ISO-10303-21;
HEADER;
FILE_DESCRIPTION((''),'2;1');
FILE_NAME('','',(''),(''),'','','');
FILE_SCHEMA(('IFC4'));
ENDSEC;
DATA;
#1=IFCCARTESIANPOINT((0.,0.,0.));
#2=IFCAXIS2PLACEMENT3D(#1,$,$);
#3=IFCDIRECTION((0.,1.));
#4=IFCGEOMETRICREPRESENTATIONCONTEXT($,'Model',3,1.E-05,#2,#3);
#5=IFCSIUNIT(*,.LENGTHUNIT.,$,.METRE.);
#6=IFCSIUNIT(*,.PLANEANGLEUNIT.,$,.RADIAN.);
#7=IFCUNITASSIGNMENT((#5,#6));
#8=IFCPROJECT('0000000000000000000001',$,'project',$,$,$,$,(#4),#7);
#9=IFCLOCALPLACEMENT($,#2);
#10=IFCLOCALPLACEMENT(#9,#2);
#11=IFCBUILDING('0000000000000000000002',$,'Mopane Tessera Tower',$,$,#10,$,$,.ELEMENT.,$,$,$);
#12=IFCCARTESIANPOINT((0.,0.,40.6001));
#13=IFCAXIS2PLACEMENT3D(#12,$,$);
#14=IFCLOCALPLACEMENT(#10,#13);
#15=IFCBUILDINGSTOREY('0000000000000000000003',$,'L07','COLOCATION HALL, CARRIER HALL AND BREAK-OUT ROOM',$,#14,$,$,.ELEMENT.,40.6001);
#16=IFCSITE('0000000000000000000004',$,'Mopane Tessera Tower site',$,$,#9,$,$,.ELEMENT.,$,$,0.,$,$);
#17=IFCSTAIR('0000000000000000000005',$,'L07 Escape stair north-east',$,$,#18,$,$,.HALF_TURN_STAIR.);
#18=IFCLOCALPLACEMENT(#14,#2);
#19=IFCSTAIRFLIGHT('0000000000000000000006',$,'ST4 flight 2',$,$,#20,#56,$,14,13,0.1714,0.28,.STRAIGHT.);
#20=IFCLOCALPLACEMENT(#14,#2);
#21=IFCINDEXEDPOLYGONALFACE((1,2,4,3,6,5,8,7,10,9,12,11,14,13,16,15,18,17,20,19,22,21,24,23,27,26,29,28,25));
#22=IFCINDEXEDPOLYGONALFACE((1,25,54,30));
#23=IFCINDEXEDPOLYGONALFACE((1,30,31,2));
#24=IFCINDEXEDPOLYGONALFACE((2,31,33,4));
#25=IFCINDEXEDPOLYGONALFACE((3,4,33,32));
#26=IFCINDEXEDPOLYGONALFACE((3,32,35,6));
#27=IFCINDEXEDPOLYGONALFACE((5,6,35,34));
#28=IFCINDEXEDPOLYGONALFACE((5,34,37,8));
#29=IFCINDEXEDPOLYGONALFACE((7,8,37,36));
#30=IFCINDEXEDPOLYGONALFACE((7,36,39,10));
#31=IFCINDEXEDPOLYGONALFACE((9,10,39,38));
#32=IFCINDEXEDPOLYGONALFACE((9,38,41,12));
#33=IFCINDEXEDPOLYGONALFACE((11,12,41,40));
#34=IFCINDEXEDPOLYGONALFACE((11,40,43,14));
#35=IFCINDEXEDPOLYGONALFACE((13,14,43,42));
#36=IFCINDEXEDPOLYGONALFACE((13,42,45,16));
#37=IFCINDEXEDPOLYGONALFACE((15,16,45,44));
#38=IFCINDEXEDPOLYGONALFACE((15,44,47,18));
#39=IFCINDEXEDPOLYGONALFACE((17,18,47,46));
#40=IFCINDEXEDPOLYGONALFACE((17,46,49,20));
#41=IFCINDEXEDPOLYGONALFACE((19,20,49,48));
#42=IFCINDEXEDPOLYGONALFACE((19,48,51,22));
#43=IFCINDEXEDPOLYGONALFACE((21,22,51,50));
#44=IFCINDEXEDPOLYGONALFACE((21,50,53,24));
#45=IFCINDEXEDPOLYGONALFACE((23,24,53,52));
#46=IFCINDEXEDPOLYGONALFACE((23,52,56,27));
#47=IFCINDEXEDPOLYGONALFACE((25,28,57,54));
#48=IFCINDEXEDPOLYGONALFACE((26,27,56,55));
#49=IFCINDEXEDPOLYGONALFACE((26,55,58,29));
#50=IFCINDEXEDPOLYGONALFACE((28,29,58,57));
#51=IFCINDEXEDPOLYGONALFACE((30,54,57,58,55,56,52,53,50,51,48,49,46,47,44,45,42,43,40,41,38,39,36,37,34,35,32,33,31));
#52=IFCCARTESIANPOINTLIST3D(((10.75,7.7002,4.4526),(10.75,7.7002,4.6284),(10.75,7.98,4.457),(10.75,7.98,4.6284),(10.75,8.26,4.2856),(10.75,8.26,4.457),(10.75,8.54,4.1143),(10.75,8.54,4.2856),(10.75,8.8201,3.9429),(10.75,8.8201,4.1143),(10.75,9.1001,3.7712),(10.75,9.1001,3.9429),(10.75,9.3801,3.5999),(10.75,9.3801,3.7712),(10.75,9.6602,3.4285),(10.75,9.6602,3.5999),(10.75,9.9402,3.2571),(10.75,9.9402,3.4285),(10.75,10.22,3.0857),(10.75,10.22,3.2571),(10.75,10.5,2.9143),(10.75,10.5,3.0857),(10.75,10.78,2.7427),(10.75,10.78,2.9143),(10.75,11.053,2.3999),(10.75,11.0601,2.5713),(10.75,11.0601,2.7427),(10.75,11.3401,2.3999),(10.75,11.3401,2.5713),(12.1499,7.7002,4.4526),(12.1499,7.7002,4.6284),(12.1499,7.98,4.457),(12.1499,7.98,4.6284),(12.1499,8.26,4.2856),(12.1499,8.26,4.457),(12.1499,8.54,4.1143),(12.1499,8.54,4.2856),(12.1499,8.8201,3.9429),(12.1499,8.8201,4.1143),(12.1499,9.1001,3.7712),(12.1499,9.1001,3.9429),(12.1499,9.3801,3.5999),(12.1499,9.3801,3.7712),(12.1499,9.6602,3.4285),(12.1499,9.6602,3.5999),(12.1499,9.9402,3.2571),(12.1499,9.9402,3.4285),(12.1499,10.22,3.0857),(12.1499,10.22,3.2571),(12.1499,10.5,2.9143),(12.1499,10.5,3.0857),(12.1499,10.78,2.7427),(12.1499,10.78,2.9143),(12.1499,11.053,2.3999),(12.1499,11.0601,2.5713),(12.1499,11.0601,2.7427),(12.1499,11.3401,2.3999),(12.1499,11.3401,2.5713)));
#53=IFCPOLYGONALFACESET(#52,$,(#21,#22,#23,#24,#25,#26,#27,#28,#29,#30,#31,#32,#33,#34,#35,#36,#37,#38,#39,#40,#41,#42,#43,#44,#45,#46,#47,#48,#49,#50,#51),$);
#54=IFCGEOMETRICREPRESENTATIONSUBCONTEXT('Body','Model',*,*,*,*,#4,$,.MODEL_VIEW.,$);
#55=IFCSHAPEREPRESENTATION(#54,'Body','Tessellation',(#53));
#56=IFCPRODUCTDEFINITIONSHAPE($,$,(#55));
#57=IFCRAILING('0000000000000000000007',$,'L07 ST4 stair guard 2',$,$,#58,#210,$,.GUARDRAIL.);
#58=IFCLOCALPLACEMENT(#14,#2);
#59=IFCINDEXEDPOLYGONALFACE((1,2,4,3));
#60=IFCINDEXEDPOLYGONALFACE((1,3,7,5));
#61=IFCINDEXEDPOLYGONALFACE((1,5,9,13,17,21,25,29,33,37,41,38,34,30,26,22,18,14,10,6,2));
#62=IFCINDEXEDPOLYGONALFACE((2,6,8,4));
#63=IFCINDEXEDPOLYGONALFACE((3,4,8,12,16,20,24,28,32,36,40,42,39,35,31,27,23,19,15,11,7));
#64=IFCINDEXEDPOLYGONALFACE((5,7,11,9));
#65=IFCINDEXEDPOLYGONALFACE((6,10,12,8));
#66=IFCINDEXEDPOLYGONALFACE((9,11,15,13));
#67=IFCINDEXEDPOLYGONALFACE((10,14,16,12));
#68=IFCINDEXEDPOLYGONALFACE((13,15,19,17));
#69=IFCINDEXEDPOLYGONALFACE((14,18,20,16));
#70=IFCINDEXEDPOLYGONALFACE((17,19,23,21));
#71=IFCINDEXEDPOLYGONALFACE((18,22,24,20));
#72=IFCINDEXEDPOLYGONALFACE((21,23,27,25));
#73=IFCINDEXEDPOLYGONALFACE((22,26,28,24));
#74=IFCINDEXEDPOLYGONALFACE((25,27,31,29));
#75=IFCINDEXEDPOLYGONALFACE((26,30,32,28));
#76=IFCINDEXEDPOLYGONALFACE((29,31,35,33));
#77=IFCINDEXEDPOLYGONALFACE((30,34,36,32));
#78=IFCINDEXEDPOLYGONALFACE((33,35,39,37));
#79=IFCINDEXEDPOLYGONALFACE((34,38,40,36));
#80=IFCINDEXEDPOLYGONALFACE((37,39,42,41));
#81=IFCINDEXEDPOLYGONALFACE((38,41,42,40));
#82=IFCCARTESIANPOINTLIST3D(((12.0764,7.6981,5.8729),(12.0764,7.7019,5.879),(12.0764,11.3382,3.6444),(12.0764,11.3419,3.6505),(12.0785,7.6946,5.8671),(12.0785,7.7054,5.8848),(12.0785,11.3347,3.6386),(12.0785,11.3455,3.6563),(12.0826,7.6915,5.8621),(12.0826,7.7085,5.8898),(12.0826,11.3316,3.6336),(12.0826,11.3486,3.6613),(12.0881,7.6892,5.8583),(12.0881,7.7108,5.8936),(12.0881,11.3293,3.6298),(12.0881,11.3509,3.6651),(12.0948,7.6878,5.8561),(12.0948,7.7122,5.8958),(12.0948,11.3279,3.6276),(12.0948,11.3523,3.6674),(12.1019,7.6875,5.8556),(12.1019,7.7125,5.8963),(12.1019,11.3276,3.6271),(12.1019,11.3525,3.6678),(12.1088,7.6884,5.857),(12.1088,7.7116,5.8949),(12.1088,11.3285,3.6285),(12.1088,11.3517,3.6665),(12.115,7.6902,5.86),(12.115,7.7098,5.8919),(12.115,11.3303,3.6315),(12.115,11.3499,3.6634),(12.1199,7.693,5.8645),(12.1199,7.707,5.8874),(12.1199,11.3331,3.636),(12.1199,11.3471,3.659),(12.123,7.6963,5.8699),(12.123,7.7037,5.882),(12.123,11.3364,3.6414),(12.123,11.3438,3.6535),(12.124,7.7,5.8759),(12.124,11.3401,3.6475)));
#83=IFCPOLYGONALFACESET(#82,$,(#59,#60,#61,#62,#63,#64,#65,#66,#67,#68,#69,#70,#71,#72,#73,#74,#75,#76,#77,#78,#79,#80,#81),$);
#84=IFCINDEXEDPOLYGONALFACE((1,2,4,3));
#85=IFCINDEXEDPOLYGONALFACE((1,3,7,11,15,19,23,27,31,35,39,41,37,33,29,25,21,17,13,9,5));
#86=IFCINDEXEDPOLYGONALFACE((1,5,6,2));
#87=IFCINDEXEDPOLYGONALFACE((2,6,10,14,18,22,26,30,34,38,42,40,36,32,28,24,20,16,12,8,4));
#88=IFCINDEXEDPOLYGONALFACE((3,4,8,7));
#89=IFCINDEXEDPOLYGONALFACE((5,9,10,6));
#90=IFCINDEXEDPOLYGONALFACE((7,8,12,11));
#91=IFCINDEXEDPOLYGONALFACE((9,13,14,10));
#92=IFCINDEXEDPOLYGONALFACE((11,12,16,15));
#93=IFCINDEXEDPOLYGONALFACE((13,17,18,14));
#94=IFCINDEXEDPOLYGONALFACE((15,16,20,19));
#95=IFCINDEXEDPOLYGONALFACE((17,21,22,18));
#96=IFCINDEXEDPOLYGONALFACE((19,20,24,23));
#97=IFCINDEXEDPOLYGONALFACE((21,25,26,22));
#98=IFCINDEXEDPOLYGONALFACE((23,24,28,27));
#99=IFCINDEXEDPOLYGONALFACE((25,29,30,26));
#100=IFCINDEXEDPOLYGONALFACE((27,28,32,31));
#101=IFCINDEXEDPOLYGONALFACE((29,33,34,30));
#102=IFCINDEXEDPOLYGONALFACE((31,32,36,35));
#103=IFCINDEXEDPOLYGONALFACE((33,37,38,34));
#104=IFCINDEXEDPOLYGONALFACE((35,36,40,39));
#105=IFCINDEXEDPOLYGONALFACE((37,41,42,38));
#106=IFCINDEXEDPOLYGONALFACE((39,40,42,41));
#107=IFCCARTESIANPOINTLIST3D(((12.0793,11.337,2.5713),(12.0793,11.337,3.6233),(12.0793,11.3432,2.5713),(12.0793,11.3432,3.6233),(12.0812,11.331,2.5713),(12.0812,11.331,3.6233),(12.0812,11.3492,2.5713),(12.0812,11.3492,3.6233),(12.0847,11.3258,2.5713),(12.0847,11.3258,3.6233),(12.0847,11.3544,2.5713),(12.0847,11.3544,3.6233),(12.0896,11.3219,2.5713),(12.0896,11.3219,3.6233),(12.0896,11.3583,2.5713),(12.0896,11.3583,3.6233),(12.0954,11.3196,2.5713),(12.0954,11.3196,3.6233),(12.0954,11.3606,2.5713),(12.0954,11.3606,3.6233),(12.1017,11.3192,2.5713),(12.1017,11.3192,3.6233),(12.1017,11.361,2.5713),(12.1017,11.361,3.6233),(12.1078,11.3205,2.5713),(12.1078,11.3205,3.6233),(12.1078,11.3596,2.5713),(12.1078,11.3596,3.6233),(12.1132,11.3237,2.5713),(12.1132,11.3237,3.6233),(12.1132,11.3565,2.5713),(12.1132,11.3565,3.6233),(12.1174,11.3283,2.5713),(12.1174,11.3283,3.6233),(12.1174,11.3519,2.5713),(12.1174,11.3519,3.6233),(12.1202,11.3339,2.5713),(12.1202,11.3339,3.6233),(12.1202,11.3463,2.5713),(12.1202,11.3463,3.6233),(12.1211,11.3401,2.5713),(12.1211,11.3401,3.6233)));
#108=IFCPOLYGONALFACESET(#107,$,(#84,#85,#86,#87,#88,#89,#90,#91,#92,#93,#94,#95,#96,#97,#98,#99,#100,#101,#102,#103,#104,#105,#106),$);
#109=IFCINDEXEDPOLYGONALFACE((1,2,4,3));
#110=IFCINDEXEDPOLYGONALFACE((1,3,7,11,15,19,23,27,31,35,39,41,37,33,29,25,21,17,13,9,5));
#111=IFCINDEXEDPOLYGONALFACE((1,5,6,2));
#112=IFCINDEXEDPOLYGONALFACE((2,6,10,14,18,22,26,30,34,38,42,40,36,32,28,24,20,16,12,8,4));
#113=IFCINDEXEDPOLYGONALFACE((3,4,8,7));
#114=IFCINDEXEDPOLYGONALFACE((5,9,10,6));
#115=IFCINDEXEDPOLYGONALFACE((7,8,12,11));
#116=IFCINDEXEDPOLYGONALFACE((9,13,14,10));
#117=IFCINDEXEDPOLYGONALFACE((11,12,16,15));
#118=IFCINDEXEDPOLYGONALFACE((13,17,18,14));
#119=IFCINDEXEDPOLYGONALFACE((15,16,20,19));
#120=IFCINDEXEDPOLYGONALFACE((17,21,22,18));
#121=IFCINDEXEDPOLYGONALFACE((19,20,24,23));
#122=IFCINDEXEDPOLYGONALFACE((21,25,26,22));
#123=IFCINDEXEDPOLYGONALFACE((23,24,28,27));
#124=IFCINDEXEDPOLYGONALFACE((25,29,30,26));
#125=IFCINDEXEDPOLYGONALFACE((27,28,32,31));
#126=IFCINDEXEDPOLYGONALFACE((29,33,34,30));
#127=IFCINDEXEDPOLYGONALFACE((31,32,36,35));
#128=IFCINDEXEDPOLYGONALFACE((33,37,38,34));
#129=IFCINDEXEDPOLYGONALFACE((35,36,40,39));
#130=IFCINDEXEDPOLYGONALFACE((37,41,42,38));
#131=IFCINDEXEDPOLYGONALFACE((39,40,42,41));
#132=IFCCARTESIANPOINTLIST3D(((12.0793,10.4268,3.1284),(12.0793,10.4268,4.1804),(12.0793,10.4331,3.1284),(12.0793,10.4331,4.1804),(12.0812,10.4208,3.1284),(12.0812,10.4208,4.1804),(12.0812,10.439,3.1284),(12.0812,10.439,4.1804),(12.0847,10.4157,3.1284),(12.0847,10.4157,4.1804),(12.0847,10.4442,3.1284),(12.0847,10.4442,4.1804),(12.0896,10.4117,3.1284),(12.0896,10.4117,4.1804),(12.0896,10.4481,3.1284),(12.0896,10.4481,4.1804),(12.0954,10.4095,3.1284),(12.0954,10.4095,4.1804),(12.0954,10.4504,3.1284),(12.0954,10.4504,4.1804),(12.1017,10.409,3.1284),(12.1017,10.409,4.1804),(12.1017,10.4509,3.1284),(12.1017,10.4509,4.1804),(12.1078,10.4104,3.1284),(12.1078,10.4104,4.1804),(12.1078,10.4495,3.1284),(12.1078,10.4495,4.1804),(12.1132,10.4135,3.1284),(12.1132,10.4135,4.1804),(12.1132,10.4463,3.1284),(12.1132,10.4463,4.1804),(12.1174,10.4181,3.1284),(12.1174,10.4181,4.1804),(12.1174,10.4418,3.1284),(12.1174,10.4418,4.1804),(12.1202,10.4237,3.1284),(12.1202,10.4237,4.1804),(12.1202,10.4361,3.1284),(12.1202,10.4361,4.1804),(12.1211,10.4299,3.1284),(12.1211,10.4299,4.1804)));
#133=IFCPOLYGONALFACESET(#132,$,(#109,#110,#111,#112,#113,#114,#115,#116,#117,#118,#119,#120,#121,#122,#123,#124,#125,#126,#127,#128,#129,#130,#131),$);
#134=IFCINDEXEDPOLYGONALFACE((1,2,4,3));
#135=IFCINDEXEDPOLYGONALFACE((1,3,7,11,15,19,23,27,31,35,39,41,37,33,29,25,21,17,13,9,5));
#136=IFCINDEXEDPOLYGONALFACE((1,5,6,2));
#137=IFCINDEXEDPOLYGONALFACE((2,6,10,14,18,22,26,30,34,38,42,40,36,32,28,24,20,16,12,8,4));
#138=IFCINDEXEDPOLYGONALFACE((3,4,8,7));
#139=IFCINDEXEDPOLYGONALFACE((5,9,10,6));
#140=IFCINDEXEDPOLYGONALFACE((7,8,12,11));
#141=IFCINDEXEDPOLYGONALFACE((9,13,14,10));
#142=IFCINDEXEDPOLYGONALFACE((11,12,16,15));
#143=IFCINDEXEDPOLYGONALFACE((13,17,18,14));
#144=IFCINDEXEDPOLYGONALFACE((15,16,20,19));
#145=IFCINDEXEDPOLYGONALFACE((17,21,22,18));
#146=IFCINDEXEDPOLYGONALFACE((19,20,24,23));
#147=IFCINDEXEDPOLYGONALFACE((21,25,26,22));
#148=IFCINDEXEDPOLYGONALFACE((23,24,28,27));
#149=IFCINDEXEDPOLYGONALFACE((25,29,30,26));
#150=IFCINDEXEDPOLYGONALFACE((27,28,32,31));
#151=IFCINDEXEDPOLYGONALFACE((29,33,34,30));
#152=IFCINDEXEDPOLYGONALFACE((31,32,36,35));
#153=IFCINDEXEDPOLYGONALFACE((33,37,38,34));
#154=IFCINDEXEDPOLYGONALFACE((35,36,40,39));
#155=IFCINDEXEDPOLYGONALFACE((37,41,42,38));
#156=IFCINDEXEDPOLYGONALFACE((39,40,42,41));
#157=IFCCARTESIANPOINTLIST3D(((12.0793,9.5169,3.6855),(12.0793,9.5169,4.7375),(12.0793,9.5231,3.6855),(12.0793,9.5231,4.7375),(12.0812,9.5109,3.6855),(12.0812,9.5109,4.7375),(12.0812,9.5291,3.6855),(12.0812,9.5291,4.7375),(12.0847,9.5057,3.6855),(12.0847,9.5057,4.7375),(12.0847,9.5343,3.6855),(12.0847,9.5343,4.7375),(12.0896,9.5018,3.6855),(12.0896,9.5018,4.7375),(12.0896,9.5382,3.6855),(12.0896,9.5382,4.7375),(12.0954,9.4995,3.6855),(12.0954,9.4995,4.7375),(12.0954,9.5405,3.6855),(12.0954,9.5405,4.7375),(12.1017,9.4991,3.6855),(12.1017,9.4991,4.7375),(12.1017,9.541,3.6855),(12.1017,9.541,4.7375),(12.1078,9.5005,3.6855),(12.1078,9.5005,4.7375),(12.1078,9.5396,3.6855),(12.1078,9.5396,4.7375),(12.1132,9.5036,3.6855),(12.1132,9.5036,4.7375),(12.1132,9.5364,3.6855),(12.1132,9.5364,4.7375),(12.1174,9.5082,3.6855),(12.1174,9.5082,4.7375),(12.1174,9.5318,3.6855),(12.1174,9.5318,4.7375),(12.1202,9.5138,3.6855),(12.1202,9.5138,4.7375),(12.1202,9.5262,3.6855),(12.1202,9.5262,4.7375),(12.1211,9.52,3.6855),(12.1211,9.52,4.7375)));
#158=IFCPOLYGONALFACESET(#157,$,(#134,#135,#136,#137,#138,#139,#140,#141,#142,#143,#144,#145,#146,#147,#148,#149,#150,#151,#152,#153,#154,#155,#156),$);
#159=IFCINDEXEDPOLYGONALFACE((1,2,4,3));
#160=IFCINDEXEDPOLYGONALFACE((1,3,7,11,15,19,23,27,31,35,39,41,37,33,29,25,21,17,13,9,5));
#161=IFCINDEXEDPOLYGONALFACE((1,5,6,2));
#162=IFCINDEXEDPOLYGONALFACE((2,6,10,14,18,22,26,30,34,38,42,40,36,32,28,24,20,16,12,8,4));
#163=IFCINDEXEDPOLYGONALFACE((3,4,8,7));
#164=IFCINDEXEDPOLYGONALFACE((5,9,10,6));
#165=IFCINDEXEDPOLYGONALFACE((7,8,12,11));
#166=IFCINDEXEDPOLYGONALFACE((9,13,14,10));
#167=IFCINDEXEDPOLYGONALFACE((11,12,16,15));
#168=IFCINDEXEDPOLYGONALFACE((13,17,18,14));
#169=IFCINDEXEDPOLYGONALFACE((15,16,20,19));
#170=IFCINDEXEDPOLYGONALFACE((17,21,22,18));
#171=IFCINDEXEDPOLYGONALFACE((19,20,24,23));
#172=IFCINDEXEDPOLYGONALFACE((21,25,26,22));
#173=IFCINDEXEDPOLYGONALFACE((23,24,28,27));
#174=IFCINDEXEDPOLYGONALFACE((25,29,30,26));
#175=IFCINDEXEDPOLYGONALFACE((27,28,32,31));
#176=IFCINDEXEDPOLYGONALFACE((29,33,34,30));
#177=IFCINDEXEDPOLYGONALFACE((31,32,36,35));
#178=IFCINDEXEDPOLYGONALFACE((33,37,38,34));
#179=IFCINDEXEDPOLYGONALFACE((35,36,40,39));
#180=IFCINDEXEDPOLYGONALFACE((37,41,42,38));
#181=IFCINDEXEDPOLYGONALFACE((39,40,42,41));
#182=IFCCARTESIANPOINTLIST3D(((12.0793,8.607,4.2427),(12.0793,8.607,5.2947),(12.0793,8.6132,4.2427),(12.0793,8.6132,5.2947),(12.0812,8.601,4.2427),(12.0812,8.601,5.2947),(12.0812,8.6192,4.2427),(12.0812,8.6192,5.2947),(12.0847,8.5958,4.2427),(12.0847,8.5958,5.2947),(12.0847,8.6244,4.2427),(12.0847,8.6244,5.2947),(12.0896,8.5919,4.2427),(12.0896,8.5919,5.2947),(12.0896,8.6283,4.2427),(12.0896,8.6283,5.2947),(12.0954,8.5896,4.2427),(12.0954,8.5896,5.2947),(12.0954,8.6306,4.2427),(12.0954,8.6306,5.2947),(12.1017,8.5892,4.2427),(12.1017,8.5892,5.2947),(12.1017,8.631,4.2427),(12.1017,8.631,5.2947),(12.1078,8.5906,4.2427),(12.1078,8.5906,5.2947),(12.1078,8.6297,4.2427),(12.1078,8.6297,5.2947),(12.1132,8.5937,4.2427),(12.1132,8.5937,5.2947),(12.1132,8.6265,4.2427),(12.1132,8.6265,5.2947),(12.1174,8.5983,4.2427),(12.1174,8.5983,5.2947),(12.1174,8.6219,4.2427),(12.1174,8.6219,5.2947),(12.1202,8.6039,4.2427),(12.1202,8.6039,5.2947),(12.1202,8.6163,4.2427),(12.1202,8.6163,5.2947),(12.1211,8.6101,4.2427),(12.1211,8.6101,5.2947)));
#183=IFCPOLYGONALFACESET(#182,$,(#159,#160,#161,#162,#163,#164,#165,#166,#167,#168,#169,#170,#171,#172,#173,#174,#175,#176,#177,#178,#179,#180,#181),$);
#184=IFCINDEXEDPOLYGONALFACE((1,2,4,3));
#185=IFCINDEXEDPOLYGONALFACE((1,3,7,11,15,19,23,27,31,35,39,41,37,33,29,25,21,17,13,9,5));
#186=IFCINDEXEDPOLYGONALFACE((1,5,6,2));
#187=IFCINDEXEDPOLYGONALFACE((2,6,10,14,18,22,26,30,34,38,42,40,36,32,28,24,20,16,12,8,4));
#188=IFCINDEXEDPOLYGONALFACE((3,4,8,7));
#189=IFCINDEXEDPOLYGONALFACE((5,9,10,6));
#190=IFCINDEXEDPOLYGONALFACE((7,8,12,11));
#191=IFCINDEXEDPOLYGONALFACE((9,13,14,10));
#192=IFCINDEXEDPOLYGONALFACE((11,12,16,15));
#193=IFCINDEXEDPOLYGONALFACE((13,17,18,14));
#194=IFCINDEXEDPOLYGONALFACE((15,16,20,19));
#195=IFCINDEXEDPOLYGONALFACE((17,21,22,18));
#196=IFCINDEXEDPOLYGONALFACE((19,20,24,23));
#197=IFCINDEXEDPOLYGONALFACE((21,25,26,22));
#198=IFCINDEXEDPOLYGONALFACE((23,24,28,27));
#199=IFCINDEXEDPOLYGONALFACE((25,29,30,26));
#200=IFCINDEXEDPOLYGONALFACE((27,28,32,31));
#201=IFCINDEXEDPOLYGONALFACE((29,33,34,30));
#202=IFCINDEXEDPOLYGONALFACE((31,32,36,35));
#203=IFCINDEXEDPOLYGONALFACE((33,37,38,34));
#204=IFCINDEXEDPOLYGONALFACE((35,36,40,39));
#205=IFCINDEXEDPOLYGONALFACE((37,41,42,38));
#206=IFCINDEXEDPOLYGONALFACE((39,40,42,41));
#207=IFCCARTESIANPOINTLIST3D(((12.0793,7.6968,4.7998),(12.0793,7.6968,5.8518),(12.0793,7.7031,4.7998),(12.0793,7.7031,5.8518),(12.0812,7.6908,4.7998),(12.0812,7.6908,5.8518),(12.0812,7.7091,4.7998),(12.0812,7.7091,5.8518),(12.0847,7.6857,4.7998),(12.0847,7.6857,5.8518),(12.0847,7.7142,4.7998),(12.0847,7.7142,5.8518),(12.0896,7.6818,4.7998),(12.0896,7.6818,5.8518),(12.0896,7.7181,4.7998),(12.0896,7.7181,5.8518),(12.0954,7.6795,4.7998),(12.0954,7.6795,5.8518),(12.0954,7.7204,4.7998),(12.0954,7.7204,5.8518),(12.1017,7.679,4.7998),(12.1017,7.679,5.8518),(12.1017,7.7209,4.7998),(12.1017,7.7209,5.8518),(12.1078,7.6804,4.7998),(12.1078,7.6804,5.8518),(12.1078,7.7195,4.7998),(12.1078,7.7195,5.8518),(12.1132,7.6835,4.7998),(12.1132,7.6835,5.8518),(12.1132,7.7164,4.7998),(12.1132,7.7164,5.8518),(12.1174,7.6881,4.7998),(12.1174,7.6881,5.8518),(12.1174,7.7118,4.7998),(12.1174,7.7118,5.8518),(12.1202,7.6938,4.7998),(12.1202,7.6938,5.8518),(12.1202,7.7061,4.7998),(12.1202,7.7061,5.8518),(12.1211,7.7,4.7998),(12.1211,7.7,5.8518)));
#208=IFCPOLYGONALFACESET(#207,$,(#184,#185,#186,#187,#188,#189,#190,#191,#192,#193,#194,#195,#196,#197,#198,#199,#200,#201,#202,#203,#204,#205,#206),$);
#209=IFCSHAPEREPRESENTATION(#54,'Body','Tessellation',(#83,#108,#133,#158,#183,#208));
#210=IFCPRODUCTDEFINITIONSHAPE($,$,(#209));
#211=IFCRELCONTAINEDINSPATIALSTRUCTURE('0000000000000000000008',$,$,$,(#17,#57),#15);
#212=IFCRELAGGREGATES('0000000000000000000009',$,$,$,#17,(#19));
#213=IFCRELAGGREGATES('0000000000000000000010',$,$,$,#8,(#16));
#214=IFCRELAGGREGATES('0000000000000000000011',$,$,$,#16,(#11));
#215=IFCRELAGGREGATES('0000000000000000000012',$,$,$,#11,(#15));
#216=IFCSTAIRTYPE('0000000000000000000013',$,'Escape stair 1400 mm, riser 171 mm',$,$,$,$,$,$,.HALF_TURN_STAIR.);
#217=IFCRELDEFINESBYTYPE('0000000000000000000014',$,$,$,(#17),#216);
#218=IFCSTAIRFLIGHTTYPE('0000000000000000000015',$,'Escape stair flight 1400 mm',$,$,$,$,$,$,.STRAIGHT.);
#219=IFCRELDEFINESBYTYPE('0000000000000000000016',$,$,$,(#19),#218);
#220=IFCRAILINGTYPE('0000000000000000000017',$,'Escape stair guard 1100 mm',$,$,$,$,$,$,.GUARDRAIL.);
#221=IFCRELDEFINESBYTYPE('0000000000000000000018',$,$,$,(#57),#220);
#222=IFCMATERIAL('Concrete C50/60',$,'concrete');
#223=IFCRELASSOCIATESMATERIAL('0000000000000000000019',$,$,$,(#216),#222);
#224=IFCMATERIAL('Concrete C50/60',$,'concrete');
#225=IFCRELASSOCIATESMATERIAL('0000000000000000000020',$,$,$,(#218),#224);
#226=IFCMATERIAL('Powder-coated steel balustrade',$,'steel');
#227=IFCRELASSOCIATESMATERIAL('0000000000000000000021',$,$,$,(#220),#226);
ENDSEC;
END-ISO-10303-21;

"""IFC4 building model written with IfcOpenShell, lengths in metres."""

from ifc_helpers import new_model, si_unit, direction, frame, origin, origin_2d, place, context, subcontext, project, spatial, polyline, circle, outline, extrude, material, type_object, element, aggregate, save


model = new_model("IFC4")

# Units and contexts
model_context = context("Model", 3, precision=1e-05, world=origin(), true_north=direction((0.0, 1.0)))
body_context = subcontext(model_context, "Body", "Model", "MODEL_VIEW")
ifc_project = project(units=[si_unit("LENGTHUNIT", "METRE"), si_unit("PLANEANGLEUNIT", "RADIAN")], contexts=[model_context])

# Site, building, storey
site_placement = place(None, origin())
site = spatial("IfcSite", under=ifc_project, at=site_placement, Name="Mopane Tessera Tower site", CompositionType="ELEMENT", RefElevation=0.0)
building_placement = place(site_placement, origin())
building = spatial("IfcBuilding", under=site, at=building_placement, Name="Mopane Tessera Tower", CompositionType="ELEMENT")
storey_placement = place(building_placement, frame((0.0, 0.0, 40.6001)))
storey = spatial("IfcBuildingStorey", under=building, at=storey_placement, Name="L07", Description="COLOCATION HALL, CARRIER HALL AND BREAK-OUT ROOM", CompositionType="ELEMENT", Elevation=40.6001)

# Stair, stair flight
ifc_material_1 = material(Name="Concrete C50/60", Category="concrete")
stair_type = type_object("IfcStairType", Name="Escape stair 1400 mm, riser 171 mm", PredefinedType="HALF_TURN_STAIR", material=ifc_material_1)
stair_placement = place(storey_placement, origin())
stair = element("IfcStair", 1, at=stair_placement, inside=storey, type_object=stair_type, Name="L07 Escape stair north-east", PredefinedType="HALF_TURN_STAIR")
ifc_material_2 = material(Name="Concrete C50/60", Category="concrete")
stair_flight_type = type_object("IfcStairFlightType", Name="Escape stair flight 1400 mm", PredefinedType="STRAIGHT", material=ifc_material_2)
stair_flight_placement = place(storey_placement, frame((11.45, 11.3401, 2.3999), z_axis=(0.0, 0.0, 1.0), x_axis=(0.0, -1.0, 0.0)))
stair_flight = element("IfcStairFlight", 2, at=stair_flight_placement, type_object=stair_flight_type, Name="ST4 flight 2", NumberOfRisers=14, NumberOfTreads=13, PredefinedType="STRAIGHT", RiserHeight=0.1714, TreadLength=0.28, context=body_context, shape_type="SweptSolid", body=[
    extrude(outline(polyline([(0.0, 0.0), (0.0, 0.1714), (0.28, 0.1714), (0.28, 0.3428), (0.5601, 0.3428), (0.5601, 0.5144), (0.8401, 0.5144), (0.8401, 0.6858), (1.1201, 0.6858), (1.1201, 0.8572), (1.3999, 0.8572), (1.3999, 1.0286), (1.6799, 1.0286), (1.6799, 1.2), (1.96, 1.2), (1.96, 1.3713), (2.24, 1.3713), (2.24, 1.543), (2.52, 1.543), (2.52, 1.7144), (2.8, 1.7144), (2.8, 1.8857), (3.0801, 1.8857), (3.0801, 2.0571), (3.3601, 2.0571), (3.3601, 2.2285), (3.6399, 2.2285), (3.6399, 2.3999), (3.6399, 2.0527), (0.2871, 0.0), (0.0, 0.0)])), frame((0.0, 0.7, 0.0), z_axis=(0.0, -1.0, 0.0), x_axis=(1.0, 0.0, 0.0)), (0.0, 0.0, 1.0), 1.3999),
])
aggregate(stair, [stair_flight])

# Railing
ifc_material_3 = material(Name="Powder-coated steel balustrade", Category="steel")
railing_type_1 = type_object("IfcRailingType", Name="Escape stair guard 1100 mm", PredefinedType="GUARDRAIL", material=ifc_material_3)
railing_1_placement = place(storey_placement, frame((12.1001, 11.3401, 2.5713)))
element("IfcRailing", 3, at=railing_1_placement, inside=storey, type_object=railing_type_1, Name="L07 ST4 stair guard 2", PredefinedType="GUARDRAIL", context=body_context, shape_type="SweptSolid", body=[
    extrude(circle(Radius=0.0239, at=origin_2d()), frame((0.0, 0.0, 1.0762), z_axis=(0.0, -0.852866, 0.52213), x_axis=(1.0, 0.0, 0.0)), (0.0, 0.0, 1.0), 4.2681),
    extrude(circle(Radius=0.021, at=origin_2d()), origin(), (0.0, 0.0, 1.0), 1.052),
    extrude(circle(Radius=0.021, at=origin_2d()), frame((0.0, -0.9102, 0.5571)), (0.0, 0.0, 1.0), 1.052),
    extrude(circle(Radius=0.021, at=origin_2d()), frame((0.0, -1.8201, 1.1143)), (0.0, 0.0, 1.0), 1.052),
    extrude(circle(Radius=0.021, at=origin_2d()), frame((0.0, -2.73, 1.6714)), (0.0, 0.0, 1.0), 1.052),
    extrude(circle(Radius=0.021, at=origin_2d()), frame((0.0, -3.6401, 2.2285)), (0.0, 0.0, 1.0), 1.052),
])

save(model, "model.ifc")
